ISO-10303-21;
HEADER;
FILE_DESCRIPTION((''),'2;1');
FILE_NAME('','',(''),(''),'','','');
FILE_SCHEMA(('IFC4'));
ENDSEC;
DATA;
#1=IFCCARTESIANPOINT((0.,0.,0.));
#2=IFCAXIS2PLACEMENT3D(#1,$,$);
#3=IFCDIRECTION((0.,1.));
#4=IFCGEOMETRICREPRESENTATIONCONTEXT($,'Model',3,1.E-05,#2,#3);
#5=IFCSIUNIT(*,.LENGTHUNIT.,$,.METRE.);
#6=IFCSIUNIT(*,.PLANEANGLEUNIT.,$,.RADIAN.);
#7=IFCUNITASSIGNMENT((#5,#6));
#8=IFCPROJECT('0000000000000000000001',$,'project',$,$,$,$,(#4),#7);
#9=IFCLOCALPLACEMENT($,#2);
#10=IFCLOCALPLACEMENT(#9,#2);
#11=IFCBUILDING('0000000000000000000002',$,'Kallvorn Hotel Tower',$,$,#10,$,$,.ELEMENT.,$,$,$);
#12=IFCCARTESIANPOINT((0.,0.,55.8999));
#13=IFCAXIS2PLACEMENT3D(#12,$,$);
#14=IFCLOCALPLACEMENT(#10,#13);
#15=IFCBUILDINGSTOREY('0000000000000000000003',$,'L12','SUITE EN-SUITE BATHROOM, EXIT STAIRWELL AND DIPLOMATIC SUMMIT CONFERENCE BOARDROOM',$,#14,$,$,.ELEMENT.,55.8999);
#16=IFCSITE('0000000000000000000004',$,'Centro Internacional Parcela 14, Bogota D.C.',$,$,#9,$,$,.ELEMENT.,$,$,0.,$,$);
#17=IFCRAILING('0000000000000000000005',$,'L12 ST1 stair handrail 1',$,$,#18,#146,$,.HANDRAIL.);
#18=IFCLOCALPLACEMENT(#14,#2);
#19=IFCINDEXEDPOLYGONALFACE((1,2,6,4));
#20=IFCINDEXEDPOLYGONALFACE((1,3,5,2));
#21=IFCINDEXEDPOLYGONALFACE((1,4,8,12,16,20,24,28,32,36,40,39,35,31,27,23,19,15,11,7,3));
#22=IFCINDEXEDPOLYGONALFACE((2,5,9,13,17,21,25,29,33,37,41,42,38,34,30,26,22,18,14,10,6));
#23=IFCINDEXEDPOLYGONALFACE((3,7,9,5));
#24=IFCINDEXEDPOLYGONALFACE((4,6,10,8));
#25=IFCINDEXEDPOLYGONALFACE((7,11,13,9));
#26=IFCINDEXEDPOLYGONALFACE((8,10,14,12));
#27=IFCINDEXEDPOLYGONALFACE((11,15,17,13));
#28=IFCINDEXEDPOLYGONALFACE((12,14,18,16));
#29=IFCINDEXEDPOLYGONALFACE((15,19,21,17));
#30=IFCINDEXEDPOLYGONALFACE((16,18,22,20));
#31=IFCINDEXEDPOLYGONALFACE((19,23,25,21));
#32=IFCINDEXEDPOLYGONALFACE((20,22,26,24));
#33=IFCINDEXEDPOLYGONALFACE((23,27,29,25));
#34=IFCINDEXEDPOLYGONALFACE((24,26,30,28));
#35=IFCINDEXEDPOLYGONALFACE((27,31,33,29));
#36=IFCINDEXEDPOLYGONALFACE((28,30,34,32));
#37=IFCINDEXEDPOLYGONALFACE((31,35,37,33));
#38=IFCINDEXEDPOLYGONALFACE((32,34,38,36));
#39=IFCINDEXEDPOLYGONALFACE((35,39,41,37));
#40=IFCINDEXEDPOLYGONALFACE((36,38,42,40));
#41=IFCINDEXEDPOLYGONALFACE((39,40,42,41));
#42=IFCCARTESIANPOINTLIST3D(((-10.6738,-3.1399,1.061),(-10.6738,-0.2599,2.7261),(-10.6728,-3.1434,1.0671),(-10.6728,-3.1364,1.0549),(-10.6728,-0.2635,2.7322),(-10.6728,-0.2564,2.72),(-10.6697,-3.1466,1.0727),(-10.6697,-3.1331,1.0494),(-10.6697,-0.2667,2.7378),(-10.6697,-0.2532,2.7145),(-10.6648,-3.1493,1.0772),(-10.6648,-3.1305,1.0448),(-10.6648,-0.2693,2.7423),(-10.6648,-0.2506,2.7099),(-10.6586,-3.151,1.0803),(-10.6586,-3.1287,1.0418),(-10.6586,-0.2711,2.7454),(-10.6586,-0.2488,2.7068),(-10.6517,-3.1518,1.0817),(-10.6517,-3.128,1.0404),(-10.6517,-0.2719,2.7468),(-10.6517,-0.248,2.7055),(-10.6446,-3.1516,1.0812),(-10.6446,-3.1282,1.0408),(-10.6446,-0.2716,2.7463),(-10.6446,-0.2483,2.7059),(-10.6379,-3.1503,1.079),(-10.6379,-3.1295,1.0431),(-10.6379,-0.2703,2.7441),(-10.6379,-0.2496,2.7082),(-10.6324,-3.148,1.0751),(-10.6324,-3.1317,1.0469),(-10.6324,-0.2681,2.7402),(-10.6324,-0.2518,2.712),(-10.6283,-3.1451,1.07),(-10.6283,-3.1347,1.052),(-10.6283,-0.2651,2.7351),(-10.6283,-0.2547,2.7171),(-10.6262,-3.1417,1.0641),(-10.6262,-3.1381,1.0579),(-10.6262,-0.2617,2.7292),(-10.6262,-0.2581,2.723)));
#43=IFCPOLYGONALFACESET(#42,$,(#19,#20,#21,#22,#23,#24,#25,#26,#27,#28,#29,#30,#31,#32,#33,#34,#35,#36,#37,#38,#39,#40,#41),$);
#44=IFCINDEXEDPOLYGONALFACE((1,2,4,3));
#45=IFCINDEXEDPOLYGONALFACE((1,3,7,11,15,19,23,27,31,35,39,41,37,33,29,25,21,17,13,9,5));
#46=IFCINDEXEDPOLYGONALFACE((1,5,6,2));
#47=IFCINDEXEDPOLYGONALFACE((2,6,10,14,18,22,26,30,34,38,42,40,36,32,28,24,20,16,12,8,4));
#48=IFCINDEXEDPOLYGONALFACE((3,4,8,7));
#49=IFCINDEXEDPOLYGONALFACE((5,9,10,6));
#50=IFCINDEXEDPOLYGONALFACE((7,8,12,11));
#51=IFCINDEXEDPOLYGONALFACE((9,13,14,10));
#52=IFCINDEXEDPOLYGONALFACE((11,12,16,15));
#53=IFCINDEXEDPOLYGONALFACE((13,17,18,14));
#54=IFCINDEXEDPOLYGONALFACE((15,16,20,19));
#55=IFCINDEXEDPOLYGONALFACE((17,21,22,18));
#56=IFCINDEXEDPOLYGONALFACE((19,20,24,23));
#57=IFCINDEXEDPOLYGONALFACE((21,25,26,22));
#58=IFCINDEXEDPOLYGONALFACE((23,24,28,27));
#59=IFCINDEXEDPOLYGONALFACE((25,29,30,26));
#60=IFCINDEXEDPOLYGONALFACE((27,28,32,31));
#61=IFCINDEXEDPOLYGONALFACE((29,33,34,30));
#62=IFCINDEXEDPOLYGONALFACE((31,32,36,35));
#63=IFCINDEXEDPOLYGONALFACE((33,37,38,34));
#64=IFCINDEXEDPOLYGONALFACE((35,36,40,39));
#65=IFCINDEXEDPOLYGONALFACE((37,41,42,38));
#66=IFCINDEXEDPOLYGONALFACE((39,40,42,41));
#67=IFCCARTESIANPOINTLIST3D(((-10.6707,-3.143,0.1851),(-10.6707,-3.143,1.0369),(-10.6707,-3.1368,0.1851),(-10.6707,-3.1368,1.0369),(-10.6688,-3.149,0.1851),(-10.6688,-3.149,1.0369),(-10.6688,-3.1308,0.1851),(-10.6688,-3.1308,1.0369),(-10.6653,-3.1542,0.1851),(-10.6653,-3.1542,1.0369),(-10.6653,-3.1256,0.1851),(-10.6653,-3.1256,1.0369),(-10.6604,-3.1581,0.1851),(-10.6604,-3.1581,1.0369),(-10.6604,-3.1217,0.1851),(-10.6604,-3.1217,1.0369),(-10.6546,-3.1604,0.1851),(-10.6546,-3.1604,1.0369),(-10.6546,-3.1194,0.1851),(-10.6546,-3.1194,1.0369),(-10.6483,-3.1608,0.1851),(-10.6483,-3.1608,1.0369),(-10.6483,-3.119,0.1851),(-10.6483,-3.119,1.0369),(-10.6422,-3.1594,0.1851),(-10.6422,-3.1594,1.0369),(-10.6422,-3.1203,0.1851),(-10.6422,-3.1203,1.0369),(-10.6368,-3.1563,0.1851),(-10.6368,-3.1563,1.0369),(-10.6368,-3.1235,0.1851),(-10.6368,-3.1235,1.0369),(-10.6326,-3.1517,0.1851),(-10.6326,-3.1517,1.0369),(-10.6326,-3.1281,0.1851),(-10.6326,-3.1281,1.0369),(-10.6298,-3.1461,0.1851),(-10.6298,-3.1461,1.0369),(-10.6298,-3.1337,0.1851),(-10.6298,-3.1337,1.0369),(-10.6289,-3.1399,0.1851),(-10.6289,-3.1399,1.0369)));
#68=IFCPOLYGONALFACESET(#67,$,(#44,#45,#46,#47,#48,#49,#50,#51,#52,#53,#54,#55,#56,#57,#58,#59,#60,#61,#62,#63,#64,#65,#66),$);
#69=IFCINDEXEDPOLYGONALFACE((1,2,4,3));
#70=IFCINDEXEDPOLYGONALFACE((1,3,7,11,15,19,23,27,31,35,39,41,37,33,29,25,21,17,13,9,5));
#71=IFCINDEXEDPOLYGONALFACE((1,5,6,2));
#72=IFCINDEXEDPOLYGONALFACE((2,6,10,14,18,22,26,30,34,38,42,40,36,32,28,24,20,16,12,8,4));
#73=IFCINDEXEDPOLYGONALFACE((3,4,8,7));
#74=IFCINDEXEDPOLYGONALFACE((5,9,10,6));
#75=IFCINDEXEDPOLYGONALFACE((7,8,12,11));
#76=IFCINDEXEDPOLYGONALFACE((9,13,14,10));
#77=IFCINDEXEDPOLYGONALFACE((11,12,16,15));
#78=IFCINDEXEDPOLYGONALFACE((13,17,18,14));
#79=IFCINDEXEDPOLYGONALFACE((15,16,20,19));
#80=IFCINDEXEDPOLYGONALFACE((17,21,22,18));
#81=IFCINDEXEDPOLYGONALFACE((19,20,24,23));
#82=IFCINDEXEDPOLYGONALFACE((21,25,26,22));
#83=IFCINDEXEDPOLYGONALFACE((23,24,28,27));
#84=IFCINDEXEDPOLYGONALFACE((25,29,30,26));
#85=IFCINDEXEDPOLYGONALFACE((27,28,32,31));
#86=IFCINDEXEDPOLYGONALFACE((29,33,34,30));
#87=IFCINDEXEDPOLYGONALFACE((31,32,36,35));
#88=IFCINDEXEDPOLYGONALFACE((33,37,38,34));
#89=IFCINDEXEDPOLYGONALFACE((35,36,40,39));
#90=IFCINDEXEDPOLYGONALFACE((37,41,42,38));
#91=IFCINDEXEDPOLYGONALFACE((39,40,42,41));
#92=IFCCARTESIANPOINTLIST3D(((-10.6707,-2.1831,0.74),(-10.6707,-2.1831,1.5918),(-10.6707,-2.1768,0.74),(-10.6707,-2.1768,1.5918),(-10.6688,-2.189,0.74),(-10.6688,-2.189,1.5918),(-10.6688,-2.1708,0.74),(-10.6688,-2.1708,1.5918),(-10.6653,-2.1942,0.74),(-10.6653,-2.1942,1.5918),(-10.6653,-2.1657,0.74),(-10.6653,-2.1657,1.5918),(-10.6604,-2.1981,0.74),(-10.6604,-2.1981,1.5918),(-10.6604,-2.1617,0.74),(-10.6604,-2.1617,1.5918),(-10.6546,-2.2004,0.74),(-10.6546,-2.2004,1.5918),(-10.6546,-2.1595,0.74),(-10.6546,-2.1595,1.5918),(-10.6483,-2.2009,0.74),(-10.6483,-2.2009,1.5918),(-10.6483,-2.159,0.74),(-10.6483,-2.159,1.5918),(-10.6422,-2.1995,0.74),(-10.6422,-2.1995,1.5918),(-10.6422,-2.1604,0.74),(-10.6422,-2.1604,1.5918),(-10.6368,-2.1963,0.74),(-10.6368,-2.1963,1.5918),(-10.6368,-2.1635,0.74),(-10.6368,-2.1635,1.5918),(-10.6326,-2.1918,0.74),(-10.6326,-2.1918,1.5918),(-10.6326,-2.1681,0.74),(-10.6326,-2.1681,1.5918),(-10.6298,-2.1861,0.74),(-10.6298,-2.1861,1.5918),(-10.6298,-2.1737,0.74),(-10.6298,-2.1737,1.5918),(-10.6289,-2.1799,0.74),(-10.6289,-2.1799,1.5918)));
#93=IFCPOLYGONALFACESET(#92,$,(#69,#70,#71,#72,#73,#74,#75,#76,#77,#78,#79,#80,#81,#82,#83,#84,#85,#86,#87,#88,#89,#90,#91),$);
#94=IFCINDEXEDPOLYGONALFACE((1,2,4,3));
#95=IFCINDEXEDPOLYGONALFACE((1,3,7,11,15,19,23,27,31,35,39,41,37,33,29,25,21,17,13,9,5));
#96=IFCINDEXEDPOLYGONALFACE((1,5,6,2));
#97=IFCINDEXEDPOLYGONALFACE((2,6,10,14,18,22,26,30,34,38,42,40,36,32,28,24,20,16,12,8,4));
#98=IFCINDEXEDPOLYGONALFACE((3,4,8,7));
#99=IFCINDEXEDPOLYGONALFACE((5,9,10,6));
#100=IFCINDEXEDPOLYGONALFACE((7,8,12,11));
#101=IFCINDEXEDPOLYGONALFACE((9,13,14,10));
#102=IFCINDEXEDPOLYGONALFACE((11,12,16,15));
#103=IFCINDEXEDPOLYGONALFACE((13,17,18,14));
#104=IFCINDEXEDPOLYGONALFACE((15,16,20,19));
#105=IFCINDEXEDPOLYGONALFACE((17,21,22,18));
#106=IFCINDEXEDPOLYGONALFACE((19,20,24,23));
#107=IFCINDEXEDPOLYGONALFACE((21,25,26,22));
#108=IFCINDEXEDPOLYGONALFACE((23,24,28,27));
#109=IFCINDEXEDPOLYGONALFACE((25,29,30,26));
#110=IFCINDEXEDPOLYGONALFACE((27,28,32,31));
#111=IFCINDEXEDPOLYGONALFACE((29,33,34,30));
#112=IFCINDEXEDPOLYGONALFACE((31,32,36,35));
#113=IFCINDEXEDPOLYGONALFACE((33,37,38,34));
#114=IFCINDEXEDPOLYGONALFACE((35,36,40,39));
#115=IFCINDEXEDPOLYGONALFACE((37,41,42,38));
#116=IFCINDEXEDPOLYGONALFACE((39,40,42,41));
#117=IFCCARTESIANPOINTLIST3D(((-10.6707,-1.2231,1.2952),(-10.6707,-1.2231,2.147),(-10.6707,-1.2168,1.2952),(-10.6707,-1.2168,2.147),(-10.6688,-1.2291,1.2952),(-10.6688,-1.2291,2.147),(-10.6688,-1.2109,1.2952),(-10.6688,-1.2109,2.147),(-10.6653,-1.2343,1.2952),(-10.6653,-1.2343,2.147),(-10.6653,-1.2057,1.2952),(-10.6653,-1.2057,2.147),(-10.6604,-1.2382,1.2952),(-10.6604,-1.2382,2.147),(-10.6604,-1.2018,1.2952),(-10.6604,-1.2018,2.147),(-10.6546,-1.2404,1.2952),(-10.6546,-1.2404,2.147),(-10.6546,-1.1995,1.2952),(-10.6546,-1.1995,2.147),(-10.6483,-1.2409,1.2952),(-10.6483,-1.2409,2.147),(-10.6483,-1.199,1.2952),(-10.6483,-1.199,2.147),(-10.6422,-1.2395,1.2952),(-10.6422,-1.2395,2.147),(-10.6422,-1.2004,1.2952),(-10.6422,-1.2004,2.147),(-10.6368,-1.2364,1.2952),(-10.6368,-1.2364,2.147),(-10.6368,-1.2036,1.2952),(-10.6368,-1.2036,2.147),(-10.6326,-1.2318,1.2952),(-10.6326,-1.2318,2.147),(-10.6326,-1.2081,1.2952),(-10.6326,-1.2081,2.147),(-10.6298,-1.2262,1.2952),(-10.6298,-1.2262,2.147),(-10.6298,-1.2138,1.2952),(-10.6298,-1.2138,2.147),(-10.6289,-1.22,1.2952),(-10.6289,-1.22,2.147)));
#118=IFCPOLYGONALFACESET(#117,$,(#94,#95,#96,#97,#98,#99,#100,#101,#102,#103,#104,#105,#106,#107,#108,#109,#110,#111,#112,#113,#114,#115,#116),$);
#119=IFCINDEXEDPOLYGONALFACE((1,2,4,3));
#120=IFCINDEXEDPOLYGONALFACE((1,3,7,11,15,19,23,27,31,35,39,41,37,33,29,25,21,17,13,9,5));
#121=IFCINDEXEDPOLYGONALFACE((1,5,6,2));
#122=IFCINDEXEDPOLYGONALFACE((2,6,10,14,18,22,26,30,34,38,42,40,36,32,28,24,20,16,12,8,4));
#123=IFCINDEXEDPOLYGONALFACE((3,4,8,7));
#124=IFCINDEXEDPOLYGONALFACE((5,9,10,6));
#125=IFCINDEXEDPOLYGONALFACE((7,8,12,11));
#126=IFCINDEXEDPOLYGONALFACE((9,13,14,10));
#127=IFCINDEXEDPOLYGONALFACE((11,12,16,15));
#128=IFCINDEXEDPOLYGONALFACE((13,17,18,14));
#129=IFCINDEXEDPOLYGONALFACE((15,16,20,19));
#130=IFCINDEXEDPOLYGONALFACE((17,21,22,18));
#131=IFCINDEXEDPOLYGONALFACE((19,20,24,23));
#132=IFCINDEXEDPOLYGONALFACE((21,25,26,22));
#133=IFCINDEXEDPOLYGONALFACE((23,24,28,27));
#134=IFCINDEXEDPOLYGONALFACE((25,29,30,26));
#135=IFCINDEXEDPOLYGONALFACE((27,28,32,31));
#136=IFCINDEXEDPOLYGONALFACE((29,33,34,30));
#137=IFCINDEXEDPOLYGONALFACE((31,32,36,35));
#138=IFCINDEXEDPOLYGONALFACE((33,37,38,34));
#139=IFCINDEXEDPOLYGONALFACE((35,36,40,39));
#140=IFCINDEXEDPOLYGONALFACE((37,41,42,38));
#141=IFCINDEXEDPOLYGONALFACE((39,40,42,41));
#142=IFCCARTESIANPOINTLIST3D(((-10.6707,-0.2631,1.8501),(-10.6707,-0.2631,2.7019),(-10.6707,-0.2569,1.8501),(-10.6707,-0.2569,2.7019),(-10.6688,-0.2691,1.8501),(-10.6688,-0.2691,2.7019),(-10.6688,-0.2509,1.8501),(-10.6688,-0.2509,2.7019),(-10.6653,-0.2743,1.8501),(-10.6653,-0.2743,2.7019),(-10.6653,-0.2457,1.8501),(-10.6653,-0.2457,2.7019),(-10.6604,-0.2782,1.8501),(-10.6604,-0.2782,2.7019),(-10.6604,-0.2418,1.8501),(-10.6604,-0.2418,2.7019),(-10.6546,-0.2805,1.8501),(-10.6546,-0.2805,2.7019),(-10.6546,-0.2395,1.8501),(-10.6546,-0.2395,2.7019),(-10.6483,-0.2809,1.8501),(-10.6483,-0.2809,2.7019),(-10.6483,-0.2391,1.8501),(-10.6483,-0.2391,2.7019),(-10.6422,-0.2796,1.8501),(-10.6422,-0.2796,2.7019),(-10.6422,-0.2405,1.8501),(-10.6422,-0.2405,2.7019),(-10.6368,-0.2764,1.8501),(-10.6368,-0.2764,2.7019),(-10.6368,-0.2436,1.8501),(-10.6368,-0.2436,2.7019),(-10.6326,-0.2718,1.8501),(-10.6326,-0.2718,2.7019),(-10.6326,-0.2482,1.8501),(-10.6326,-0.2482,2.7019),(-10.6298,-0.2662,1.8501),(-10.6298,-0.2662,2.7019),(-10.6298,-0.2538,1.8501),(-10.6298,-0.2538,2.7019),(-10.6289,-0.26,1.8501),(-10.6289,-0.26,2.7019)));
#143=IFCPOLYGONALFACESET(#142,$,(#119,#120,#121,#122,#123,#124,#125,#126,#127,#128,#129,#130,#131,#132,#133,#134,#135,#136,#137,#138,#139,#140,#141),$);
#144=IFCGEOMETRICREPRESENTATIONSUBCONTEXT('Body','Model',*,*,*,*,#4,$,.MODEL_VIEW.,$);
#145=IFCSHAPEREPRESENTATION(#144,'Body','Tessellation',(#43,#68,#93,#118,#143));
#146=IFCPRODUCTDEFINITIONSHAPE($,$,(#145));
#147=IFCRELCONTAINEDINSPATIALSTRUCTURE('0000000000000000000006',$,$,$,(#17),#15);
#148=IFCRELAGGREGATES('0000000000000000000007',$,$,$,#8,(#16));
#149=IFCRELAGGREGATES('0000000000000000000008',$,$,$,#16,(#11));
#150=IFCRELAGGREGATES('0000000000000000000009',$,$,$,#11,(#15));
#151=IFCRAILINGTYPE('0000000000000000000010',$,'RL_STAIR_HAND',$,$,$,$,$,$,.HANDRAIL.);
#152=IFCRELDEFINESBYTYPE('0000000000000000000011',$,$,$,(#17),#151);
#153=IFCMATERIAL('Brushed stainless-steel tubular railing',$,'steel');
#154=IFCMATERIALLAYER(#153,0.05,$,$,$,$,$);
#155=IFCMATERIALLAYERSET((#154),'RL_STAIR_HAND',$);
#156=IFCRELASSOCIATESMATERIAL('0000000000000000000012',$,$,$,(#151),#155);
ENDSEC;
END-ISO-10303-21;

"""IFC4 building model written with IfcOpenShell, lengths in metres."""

from ifc_helpers import new_model, si_unit, direction, frame, origin, origin_2d, place, context, subcontext, project, spatial, circle, extrude, material, layer, layer_set, type_object, element, save


model = new_model("IFC4")

# Units and contexts
model_context = context("Model", 3, precision=1e-05, world=origin(), true_north=direction((0.0, 1.0)))
body_context = subcontext(model_context, "Body", "Model", "MODEL_VIEW")
ifc_project = project(units=[si_unit("LENGTHUNIT", "METRE"), si_unit("PLANEANGLEUNIT", "RADIAN")], contexts=[model_context])

# Site, building, storey
site_placement = place(None, origin())
site = spatial("IfcSite", under=ifc_project, at=site_placement, Name="Centro Internacional Parcela 14, Bogota D.C.", CompositionType="ELEMENT", RefElevation=0.0)
building_placement = place(site_placement, origin())
building = spatial("IfcBuilding", under=site, at=building_placement, Name="Kallvorn Hotel Tower", CompositionType="ELEMENT")
storey_placement = place(building_placement, frame((0.0, 0.0, 55.8999)))
storey = spatial("IfcBuildingStorey", under=building, at=storey_placement, Name="L12", Description="SUITE EN-SUITE BATHROOM, EXIT STAIRWELL AND DIPLOMATIC SUMMIT CONFERENCE BOARDROOM", CompositionType="ELEMENT", Elevation=55.8999)

# Railing
ifc_material_1 = material(Name="Brushed stainless-steel tubular railing", Category="steel")
ifc_layer_1 = layer(ifc_material_1, 0.05)
ifc_layer_set_1 = layer_set([ifc_layer_1], Name="RL_STAIR_HAND")
railing_type_1 = type_object("IfcRailingType", Name="RL_STAIR_HAND", PredefinedType="HANDRAIL", material=ifc_layer_set_1)
railing_1_placement = place(storey_placement, frame((-10.6499, -3.1399, 0.1851)))
element("IfcRailing", 1, at=railing_1_placement, inside=storey, type_object=railing_type_1, Name="L12 ST1 stair handrail 1", PredefinedType="HANDRAIL", context=body_context, shape_type="SweptSolid", body=[
    extrude(circle(Radius=0.0239, at=origin_2d()), frame((0.0, 0.0, 0.876), z_axis=(0.0, 0.865721, 0.500527), x_axis=(-1.0, 0.0, 0.0)), (0.0, 0.0, 1.0), 3.3267),
    extrude(circle(Radius=0.021, at=origin_2d()), origin(), (0.0, 0.0, 1.0), 0.8518),
    extrude(circle(Radius=0.021, at=origin_2d()), frame((0.0, 0.96, 0.5549)), (0.0, 0.0, 1.0), 0.8518),
    extrude(circle(Radius=0.021, at=origin_2d()), frame((0.0, 1.9199, 1.1101)), (0.0, 0.0, 1.0), 0.8518),
    extrude(circle(Radius=0.021, at=origin_2d()), frame((0.0, 2.8799, 1.665)), (0.0, 0.0, 1.0), 0.8518),
])

save(model, "model.ifc")
